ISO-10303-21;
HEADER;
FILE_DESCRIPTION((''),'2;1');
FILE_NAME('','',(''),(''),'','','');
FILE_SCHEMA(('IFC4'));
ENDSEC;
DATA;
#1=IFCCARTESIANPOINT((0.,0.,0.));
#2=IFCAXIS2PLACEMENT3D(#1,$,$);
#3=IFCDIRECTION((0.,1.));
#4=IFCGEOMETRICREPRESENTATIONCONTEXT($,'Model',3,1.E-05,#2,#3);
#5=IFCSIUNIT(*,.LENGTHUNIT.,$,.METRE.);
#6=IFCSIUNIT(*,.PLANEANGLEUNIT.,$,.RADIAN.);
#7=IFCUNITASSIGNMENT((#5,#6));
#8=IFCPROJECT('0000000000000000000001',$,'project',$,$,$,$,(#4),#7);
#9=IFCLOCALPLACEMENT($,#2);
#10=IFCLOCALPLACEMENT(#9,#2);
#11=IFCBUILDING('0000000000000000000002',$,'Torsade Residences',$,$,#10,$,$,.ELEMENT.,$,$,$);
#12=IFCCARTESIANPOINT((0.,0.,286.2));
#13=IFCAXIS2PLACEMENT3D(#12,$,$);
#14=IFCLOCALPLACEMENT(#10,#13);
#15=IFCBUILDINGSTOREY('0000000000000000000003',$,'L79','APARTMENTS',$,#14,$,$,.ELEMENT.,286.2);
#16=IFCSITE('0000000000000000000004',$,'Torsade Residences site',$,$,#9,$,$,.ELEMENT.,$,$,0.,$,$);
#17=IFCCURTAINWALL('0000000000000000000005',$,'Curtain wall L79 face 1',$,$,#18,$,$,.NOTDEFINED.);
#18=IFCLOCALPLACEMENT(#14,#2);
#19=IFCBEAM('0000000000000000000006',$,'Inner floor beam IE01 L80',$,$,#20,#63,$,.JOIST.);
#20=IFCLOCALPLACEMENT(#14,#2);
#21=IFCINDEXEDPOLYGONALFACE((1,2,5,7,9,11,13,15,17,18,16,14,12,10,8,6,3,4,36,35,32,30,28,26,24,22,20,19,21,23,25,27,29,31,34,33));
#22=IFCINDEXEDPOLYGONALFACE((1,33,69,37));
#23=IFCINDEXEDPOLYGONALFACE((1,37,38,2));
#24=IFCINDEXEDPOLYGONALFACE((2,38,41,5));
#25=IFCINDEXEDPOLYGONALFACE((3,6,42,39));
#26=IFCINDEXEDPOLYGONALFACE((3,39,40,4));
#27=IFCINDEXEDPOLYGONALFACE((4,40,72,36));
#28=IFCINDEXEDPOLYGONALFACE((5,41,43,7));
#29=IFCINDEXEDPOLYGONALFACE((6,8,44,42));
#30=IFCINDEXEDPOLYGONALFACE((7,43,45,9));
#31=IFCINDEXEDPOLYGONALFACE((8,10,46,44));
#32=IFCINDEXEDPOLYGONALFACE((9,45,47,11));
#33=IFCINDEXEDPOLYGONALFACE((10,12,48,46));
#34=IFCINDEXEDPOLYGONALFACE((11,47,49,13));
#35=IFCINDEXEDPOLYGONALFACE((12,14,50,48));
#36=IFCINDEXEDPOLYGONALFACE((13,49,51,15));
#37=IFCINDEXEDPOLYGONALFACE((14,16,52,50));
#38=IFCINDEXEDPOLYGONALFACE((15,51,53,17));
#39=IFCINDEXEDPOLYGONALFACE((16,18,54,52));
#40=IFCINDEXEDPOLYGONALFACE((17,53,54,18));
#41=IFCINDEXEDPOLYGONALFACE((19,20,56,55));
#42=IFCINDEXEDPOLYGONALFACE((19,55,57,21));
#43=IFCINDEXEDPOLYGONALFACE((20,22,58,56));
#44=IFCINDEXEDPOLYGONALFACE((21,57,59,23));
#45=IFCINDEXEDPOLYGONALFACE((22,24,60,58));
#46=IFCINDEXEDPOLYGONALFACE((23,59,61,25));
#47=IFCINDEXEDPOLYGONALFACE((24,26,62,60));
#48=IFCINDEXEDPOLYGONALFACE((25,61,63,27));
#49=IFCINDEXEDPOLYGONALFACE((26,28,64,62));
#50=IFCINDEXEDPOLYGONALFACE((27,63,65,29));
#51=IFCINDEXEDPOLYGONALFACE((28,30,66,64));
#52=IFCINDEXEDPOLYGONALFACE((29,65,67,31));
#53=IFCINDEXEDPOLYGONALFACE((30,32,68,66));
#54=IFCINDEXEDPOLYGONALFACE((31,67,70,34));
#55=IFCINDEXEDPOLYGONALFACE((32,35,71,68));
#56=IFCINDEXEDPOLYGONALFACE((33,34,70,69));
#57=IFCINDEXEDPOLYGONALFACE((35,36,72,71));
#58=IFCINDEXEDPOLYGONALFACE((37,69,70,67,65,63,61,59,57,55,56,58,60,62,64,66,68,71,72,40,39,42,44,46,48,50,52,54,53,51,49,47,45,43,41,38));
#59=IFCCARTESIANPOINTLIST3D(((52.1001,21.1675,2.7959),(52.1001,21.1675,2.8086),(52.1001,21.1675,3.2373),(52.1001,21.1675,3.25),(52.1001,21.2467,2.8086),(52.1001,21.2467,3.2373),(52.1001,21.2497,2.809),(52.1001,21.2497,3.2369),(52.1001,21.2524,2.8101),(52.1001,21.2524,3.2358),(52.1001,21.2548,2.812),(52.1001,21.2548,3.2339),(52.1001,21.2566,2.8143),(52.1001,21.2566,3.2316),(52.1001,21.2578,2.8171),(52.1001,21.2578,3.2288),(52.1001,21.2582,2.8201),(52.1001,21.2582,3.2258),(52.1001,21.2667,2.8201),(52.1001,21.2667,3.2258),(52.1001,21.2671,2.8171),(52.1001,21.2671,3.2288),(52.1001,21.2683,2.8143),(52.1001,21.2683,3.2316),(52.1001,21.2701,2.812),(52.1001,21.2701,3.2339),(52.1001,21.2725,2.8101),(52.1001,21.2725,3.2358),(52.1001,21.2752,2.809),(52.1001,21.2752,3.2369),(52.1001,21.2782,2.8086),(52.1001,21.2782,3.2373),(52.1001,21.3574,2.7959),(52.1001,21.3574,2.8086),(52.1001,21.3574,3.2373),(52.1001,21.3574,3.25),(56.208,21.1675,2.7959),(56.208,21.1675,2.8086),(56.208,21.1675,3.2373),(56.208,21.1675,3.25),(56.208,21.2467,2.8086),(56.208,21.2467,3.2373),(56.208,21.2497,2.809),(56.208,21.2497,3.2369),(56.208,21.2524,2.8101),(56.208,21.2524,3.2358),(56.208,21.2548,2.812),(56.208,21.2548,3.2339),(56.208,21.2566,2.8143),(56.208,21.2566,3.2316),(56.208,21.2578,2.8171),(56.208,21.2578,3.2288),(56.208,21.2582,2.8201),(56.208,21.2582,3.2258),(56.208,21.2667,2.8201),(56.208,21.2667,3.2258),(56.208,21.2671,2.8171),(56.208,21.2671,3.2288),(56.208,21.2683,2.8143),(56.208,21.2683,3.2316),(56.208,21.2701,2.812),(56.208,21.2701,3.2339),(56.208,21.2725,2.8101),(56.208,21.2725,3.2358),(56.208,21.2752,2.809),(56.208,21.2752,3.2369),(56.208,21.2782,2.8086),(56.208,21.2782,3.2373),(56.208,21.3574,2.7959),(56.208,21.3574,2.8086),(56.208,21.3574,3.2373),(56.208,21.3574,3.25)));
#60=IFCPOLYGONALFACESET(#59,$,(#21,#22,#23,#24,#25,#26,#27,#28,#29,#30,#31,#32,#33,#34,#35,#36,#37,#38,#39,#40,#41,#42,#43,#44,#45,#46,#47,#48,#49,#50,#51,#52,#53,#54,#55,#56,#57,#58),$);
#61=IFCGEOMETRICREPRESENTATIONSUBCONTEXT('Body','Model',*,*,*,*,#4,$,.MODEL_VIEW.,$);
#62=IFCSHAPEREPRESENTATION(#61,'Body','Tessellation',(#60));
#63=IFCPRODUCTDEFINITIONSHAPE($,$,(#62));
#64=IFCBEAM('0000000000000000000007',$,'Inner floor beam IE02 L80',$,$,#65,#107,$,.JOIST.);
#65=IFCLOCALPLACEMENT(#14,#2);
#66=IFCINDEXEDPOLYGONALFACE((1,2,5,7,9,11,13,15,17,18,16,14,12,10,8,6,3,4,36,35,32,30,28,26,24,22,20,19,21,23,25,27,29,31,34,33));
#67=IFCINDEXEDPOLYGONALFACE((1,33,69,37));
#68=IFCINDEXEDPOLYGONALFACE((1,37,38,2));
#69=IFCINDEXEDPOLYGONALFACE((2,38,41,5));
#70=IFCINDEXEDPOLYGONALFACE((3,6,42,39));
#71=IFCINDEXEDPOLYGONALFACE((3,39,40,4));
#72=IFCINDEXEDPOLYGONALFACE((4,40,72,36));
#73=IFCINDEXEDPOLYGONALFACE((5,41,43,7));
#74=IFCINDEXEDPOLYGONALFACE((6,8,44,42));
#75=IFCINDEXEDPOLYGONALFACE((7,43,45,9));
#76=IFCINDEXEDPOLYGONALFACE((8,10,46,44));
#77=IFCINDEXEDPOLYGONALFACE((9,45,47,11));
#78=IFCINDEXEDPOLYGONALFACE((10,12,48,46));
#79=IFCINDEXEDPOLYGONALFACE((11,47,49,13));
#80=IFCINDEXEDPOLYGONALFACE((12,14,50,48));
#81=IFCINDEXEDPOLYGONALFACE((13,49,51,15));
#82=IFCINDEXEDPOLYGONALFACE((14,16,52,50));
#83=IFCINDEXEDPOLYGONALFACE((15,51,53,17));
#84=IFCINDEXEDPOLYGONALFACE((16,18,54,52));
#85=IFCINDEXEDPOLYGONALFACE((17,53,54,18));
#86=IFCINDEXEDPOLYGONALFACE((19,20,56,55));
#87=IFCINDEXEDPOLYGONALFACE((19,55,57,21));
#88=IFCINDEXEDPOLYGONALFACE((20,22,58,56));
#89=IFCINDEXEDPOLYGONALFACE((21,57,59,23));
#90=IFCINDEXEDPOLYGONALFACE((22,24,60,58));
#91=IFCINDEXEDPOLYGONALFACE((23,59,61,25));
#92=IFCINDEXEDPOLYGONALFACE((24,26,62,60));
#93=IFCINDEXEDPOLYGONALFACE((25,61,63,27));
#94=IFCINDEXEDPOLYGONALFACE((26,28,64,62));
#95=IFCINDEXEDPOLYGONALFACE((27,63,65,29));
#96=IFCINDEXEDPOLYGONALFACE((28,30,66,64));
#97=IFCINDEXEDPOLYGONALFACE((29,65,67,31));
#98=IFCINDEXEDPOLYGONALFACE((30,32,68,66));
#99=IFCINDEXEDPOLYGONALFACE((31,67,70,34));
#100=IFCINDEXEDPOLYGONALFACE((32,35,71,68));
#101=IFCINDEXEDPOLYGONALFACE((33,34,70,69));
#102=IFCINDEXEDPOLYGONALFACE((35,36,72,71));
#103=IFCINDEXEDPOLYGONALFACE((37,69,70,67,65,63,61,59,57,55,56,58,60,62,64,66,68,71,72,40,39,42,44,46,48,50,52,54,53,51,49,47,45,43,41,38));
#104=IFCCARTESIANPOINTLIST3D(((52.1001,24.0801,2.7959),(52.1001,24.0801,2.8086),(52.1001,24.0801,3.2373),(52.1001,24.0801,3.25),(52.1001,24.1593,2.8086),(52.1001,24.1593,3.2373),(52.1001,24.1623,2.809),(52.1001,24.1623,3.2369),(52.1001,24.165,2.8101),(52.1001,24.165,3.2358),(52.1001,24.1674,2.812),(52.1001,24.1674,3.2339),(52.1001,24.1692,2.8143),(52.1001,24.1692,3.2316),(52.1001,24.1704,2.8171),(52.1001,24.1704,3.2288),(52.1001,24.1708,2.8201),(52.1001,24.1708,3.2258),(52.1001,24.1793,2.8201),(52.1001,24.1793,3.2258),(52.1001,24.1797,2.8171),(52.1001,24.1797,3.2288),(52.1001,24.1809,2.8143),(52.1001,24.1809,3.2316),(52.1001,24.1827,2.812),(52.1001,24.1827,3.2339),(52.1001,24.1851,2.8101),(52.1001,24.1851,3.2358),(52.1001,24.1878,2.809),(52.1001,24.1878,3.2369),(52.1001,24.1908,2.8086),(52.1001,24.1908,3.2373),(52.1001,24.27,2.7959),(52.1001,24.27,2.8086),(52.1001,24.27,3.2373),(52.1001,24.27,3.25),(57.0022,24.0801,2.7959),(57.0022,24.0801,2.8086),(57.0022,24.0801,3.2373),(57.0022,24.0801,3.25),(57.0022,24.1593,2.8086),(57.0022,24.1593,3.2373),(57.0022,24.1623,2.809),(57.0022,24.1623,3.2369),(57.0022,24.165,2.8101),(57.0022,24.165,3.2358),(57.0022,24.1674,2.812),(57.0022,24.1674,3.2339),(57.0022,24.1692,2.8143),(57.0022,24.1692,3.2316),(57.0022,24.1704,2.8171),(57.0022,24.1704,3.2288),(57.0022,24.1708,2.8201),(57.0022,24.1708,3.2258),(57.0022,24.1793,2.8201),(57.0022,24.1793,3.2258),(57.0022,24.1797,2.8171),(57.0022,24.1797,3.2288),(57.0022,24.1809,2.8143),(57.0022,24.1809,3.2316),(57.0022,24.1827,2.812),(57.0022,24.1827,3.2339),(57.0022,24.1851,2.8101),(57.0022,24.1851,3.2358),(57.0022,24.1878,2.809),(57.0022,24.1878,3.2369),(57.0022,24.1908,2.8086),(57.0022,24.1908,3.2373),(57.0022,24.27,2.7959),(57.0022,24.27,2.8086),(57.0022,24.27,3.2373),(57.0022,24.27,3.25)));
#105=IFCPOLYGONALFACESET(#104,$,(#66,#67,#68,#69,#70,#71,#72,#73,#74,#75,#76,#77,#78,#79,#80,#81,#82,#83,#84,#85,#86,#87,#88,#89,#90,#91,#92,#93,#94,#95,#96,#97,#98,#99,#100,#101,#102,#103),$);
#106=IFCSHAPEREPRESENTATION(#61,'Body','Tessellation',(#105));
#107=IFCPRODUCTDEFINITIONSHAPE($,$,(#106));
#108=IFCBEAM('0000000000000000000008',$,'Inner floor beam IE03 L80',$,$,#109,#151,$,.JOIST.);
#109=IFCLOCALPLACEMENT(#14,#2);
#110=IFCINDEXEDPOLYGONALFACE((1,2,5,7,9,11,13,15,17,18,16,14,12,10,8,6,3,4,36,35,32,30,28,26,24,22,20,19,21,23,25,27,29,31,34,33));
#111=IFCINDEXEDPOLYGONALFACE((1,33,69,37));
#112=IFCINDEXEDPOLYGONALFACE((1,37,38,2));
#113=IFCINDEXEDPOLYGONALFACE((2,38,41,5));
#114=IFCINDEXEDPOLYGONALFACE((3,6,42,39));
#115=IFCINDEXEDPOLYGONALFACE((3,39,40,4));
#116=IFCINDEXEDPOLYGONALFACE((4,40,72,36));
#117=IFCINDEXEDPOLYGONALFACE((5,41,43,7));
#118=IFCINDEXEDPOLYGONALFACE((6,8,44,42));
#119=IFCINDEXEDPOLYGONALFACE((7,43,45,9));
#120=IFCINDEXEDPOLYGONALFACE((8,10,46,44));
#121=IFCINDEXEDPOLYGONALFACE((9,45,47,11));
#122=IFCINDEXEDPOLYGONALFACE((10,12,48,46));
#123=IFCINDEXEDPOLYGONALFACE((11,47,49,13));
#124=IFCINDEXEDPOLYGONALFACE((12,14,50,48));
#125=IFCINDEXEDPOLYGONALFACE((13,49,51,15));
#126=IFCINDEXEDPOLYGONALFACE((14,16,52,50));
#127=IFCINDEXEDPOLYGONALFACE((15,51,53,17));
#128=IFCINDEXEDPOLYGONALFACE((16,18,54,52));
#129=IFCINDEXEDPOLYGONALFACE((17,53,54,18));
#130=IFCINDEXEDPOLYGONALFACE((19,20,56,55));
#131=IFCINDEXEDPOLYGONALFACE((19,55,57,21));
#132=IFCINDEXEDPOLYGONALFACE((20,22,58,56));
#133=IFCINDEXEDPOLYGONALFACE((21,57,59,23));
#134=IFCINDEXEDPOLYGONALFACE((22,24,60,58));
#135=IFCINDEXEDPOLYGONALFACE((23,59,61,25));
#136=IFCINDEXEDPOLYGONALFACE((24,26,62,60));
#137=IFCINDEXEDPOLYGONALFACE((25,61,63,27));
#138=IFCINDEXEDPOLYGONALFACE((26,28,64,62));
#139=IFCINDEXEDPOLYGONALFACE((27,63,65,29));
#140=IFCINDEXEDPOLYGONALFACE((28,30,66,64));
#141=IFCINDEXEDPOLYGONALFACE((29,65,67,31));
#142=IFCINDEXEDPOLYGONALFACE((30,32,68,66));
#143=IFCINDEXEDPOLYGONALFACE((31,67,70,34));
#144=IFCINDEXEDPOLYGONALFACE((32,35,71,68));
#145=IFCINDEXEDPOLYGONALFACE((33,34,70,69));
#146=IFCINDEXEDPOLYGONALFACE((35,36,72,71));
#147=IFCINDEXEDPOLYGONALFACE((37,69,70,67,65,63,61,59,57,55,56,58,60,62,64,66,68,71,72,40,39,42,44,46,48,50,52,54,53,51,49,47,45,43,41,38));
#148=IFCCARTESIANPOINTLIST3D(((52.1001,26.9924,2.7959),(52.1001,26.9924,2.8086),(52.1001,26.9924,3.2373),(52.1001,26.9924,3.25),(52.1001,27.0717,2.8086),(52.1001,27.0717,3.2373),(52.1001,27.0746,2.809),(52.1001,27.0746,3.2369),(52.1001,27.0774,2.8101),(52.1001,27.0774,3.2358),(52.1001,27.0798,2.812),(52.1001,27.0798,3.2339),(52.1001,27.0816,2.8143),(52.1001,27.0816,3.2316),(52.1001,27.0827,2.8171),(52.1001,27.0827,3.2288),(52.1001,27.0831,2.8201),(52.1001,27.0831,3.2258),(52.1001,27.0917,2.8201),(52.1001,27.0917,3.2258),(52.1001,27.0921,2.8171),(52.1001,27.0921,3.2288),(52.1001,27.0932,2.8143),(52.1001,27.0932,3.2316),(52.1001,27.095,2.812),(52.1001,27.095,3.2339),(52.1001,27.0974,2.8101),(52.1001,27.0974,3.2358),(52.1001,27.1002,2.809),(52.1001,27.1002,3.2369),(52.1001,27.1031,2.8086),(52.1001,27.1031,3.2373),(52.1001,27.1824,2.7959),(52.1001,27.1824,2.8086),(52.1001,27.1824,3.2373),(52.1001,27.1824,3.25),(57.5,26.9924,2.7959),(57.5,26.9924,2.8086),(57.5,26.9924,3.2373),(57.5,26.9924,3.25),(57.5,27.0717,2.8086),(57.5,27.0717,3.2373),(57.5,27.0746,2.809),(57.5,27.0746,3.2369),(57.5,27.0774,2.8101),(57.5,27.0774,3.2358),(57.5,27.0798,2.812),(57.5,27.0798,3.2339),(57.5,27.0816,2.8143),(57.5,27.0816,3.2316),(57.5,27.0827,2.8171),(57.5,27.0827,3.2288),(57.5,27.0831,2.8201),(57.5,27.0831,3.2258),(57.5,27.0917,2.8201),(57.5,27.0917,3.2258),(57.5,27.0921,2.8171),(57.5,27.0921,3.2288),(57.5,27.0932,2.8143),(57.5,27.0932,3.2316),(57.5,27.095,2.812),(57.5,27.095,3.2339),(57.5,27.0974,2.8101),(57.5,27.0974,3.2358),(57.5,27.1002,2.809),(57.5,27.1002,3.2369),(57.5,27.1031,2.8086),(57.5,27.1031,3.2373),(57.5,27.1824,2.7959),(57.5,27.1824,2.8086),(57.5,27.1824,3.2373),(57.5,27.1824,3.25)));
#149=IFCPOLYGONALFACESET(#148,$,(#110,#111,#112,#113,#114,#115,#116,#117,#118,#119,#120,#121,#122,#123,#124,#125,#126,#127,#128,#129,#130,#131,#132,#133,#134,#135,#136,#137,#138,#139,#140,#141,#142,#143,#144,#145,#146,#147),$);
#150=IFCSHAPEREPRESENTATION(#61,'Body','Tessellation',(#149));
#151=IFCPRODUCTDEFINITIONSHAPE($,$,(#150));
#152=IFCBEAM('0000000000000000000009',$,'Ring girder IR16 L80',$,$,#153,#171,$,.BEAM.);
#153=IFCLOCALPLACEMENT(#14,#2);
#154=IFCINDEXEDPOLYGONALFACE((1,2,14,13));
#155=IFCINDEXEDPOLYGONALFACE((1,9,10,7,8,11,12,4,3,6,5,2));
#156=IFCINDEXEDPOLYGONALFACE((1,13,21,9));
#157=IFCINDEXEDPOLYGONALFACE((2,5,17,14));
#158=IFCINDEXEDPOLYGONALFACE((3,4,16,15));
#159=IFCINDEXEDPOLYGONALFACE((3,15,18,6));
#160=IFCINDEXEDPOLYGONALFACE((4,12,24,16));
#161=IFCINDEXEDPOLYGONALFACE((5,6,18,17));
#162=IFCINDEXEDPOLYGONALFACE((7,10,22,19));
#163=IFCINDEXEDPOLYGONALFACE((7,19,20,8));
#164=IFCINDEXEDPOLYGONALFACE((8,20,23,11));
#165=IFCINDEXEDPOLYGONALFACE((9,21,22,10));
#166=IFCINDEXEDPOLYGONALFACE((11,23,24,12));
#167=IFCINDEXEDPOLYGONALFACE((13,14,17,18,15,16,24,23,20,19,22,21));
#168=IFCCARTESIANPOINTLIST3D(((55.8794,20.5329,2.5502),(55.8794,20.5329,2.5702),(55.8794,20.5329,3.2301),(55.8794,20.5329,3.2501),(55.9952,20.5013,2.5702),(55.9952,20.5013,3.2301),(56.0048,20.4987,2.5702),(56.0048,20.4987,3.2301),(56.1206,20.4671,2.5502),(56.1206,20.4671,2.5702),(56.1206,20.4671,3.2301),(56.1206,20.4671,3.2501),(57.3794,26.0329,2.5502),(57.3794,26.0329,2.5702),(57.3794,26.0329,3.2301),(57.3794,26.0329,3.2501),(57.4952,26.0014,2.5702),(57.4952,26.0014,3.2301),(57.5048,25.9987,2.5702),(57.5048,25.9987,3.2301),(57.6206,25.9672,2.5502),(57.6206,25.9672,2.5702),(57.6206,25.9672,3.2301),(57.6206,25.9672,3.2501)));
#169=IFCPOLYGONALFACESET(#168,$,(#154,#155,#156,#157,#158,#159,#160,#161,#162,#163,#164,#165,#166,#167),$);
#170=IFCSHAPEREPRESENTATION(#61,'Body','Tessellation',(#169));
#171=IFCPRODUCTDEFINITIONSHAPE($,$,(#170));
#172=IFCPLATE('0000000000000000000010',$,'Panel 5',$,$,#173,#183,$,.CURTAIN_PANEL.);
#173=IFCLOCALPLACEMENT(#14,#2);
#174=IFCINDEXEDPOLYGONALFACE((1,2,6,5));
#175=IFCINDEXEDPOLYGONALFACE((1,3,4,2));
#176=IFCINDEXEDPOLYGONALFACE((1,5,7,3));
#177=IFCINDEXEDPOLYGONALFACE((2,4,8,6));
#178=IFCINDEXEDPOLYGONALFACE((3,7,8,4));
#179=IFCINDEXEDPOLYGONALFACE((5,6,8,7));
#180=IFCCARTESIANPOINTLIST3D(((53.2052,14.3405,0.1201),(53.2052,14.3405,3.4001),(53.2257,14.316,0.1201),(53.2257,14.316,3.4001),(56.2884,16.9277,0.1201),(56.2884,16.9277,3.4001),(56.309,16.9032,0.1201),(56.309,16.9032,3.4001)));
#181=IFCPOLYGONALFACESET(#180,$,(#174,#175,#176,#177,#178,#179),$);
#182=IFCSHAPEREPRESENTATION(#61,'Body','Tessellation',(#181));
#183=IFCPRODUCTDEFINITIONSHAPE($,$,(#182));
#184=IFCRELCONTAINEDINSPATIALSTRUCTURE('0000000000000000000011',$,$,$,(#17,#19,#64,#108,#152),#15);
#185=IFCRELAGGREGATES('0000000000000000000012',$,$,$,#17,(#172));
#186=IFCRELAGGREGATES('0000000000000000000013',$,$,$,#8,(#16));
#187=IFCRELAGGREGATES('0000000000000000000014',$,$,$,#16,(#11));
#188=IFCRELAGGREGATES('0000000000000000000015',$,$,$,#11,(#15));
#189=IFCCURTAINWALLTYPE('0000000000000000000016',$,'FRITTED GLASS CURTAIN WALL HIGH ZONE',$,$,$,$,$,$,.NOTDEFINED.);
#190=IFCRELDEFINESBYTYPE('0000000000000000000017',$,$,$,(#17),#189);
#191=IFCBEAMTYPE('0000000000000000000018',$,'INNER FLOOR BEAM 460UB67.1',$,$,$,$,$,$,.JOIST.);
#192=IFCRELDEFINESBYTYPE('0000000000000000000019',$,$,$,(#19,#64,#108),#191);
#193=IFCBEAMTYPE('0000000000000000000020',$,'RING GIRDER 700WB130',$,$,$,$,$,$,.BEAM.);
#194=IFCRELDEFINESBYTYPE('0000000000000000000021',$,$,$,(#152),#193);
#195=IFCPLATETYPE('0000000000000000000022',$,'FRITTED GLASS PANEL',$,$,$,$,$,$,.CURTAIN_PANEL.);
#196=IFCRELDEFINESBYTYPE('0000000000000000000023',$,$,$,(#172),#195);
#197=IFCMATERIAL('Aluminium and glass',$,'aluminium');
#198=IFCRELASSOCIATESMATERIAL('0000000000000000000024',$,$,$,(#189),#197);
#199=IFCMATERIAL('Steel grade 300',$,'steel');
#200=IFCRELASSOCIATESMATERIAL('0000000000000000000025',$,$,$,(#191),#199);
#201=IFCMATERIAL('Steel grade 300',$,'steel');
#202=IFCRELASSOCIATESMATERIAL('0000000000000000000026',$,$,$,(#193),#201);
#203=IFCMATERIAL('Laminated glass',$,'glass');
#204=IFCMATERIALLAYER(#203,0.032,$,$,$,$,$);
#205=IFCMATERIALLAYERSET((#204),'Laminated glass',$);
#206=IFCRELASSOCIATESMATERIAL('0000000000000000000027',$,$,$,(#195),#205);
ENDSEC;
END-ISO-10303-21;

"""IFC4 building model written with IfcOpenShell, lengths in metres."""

from ifc_helpers import new_model, si_unit, direction, frame, origin, origin_2d, place, context, subcontext, project, spatial, rectangle, i_section, extrude, material, layer, layer_set, material_profile, profile_set, type_object, element, aggregate, save


model = new_model("IFC4")

# Units and contexts
model_context = context("Model", 3, precision=1e-05, world=origin(), true_north=direction((0.0, 1.0)))
body_context = subcontext(model_context, "Body", "Model", "MODEL_VIEW")
ifc_project = project(units=[si_unit("LENGTHUNIT", "METRE"), si_unit("PLANEANGLEUNIT", "RADIAN")], contexts=[model_context])

# Site, building, storey
site_placement = place(None, origin())
site = spatial("IfcSite", under=ifc_project, at=site_placement, Name="Torsade Residences site", CompositionType="ELEMENT", RefElevation=0.0)
building_placement = place(site_placement, origin())
building = spatial("IfcBuilding", under=site, at=building_placement, Name="Torsade Residences", CompositionType="ELEMENT")
storey_placement = place(building_placement, frame((0.0, 0.0, 286.2)))
storey = spatial("IfcBuildingStorey", under=building, at=storey_placement, Name="L79", Description="APARTMENTS", CompositionType="ELEMENT", Elevation=286.2)

# Curtain wall
ifc_material_1 = material(Name="Aluminium and glass", Category="aluminium")
curtain_wall_type = type_object("IfcCurtainWallType", Name="FRITTED GLASS CURTAIN WALL HIGH ZONE", PredefinedType="NOTDEFINED", material=ifc_material_1)
curtain_wall_placement = place(storey_placement, origin())
curtain_wall = element("IfcCurtainWall", 1, at=curtain_wall_placement, inside=storey, type_object=curtain_wall_type, Name="Curtain wall L79 face 1", PredefinedType="NOTDEFINED")

# Beams
ifc_material_2 = material(Name="Steel grade 300", Category="steel")
ifc_material_profile_1 = material_profile(ifc_material_2, i_section(OverallWidth=0.1899, OverallDepth=0.4541, WebThickness=0.0085, FlangeThickness=0.0127, FilletRadius=0.0115, at=origin_2d()), Name="460UB67.1")
ifc_profile_set_1 = profile_set([ifc_material_profile_1], Name="Steel grade 300")
beam_type_1 = type_object("IfcBeamType", Name="INNER FLOOR BEAM 460UB67.1", PredefinedType="JOIST", material=ifc_profile_set_1)
beam_1_placement = place(storey_placement, frame((52.1001, 21.2625, 3.0229), z_axis=(1.0, 0.0, 0.0), x_axis=(0.0, 1.0, 0.0)))
element("IfcBeam", 2, at=beam_1_placement, inside=storey, type_object=beam_type_1, Name="Inner floor beam IE01 L80", PredefinedType="JOIST", context=body_context, shape_type="SweptSolid", body=[
    extrude(i_section(OverallWidth=0.1899, OverallDepth=0.4541, WebThickness=0.0085, FlangeThickness=0.0127, FilletRadius=0.0115, at=origin_2d()), origin(), (0.0, 0.0, 1.0), 4.1079),
])
beam_2_placement = place(storey_placement, frame((52.1001, 24.175, 3.0229), z_axis=(1.0, 0.0, 0.0), x_axis=(0.0, 1.0, 0.0)))
element("IfcBeam", 3, at=beam_2_placement, inside=storey, type_object=beam_type_1, Name="Inner floor beam IE02 L80", PredefinedType="JOIST", context=body_context, shape_type="SweptSolid", body=[
    extrude(i_section(OverallWidth=0.1899, OverallDepth=0.4541, WebThickness=0.0085, FlangeThickness=0.0127, FilletRadius=0.0115, at=origin_2d()), origin(), (0.0, 0.0, 1.0), 4.9021),
])
beam_3_placement = place(storey_placement, frame((52.1001, 27.0874, 3.0229), z_axis=(1.0, 0.0, 0.0), x_axis=(0.0, 1.0, 0.0)))
element("IfcBeam", 4, at=beam_3_placement, inside=storey, type_object=beam_type_1, Name="Inner floor beam IE03 L80", PredefinedType="JOIST", context=body_context, shape_type="SweptSolid", body=[
    extrude(i_section(OverallWidth=0.1899, OverallDepth=0.4541, WebThickness=0.0085, FlangeThickness=0.0127, FilletRadius=0.0115, at=origin_2d()), origin(), (0.0, 0.0, 1.0), 5.3999),
])
ifc_material_3 = material(Name="Steel grade 300", Category="steel")
ifc_material_profile_2 = material_profile(ifc_material_3, i_section(OverallWidth=0.25, OverallDepth=0.7, WebThickness=0.01, FlangeThickness=0.02, at=origin_2d()), Name="700WB130")
ifc_profile_set_2 = profile_set([ifc_material_profile_2], Name="Steel grade 300")
beam_type_2 = type_object("IfcBeamType", Name="RING GIRDER 700WB130", PredefinedType="BEAM", material=ifc_profile_set_2)
beam_4_placement = place(storey_placement, frame((56.0, 20.5, 2.9001), z_axis=(0.263117, 0.964764, 0.0), x_axis=(-0.964764, 0.263117, 0.0)))
element("IfcBeam", 5, at=beam_4_placement, inside=storey, type_object=beam_type_2, Name="Ring girder IR16 L80", PredefinedType="BEAM", context=body_context, shape_type="SweptSolid", body=[
    extrude(i_section(OverallWidth=0.25, OverallDepth=0.7, WebThickness=0.01, FlangeThickness=0.02, at=origin_2d()), origin(), (0.0, 0.0, 1.0), 5.7009),
])

# Plate
ifc_material_4 = material(Name="Laminated glass", Category="glass")
ifc_layer_1 = layer(ifc_material_4, 0.032)
ifc_layer_set_1 = layer_set([ifc_layer_1], Name="Laminated glass")
plate_type = type_object("IfcPlateType", Name="FRITTED GLASS PANEL", PredefinedType="CURTAIN_PANEL", material=ifc_layer_set_1)
plate_placement = place(storey_placement, frame((54.7571, 15.6218, 0.1201), z_axis=(0.0, 0.0, 1.0), x_axis=(0.766044, 0.642788, 0.0)))
plate = element("IfcPlate", 6, at=plate_placement, type_object=plate_type, Name="Panel 5", PredefinedType="CURTAIN_PANEL", context=body_context, shape_type="SweptSolid", body=[
    extrude(rectangle(XDim=4.0249, YDim=0.032, at=origin_2d()), origin(), (0.0, 0.0, 1.0), 3.28),
])
aggregate(curtain_wall, [plate])

save(model, "model.ifc")
